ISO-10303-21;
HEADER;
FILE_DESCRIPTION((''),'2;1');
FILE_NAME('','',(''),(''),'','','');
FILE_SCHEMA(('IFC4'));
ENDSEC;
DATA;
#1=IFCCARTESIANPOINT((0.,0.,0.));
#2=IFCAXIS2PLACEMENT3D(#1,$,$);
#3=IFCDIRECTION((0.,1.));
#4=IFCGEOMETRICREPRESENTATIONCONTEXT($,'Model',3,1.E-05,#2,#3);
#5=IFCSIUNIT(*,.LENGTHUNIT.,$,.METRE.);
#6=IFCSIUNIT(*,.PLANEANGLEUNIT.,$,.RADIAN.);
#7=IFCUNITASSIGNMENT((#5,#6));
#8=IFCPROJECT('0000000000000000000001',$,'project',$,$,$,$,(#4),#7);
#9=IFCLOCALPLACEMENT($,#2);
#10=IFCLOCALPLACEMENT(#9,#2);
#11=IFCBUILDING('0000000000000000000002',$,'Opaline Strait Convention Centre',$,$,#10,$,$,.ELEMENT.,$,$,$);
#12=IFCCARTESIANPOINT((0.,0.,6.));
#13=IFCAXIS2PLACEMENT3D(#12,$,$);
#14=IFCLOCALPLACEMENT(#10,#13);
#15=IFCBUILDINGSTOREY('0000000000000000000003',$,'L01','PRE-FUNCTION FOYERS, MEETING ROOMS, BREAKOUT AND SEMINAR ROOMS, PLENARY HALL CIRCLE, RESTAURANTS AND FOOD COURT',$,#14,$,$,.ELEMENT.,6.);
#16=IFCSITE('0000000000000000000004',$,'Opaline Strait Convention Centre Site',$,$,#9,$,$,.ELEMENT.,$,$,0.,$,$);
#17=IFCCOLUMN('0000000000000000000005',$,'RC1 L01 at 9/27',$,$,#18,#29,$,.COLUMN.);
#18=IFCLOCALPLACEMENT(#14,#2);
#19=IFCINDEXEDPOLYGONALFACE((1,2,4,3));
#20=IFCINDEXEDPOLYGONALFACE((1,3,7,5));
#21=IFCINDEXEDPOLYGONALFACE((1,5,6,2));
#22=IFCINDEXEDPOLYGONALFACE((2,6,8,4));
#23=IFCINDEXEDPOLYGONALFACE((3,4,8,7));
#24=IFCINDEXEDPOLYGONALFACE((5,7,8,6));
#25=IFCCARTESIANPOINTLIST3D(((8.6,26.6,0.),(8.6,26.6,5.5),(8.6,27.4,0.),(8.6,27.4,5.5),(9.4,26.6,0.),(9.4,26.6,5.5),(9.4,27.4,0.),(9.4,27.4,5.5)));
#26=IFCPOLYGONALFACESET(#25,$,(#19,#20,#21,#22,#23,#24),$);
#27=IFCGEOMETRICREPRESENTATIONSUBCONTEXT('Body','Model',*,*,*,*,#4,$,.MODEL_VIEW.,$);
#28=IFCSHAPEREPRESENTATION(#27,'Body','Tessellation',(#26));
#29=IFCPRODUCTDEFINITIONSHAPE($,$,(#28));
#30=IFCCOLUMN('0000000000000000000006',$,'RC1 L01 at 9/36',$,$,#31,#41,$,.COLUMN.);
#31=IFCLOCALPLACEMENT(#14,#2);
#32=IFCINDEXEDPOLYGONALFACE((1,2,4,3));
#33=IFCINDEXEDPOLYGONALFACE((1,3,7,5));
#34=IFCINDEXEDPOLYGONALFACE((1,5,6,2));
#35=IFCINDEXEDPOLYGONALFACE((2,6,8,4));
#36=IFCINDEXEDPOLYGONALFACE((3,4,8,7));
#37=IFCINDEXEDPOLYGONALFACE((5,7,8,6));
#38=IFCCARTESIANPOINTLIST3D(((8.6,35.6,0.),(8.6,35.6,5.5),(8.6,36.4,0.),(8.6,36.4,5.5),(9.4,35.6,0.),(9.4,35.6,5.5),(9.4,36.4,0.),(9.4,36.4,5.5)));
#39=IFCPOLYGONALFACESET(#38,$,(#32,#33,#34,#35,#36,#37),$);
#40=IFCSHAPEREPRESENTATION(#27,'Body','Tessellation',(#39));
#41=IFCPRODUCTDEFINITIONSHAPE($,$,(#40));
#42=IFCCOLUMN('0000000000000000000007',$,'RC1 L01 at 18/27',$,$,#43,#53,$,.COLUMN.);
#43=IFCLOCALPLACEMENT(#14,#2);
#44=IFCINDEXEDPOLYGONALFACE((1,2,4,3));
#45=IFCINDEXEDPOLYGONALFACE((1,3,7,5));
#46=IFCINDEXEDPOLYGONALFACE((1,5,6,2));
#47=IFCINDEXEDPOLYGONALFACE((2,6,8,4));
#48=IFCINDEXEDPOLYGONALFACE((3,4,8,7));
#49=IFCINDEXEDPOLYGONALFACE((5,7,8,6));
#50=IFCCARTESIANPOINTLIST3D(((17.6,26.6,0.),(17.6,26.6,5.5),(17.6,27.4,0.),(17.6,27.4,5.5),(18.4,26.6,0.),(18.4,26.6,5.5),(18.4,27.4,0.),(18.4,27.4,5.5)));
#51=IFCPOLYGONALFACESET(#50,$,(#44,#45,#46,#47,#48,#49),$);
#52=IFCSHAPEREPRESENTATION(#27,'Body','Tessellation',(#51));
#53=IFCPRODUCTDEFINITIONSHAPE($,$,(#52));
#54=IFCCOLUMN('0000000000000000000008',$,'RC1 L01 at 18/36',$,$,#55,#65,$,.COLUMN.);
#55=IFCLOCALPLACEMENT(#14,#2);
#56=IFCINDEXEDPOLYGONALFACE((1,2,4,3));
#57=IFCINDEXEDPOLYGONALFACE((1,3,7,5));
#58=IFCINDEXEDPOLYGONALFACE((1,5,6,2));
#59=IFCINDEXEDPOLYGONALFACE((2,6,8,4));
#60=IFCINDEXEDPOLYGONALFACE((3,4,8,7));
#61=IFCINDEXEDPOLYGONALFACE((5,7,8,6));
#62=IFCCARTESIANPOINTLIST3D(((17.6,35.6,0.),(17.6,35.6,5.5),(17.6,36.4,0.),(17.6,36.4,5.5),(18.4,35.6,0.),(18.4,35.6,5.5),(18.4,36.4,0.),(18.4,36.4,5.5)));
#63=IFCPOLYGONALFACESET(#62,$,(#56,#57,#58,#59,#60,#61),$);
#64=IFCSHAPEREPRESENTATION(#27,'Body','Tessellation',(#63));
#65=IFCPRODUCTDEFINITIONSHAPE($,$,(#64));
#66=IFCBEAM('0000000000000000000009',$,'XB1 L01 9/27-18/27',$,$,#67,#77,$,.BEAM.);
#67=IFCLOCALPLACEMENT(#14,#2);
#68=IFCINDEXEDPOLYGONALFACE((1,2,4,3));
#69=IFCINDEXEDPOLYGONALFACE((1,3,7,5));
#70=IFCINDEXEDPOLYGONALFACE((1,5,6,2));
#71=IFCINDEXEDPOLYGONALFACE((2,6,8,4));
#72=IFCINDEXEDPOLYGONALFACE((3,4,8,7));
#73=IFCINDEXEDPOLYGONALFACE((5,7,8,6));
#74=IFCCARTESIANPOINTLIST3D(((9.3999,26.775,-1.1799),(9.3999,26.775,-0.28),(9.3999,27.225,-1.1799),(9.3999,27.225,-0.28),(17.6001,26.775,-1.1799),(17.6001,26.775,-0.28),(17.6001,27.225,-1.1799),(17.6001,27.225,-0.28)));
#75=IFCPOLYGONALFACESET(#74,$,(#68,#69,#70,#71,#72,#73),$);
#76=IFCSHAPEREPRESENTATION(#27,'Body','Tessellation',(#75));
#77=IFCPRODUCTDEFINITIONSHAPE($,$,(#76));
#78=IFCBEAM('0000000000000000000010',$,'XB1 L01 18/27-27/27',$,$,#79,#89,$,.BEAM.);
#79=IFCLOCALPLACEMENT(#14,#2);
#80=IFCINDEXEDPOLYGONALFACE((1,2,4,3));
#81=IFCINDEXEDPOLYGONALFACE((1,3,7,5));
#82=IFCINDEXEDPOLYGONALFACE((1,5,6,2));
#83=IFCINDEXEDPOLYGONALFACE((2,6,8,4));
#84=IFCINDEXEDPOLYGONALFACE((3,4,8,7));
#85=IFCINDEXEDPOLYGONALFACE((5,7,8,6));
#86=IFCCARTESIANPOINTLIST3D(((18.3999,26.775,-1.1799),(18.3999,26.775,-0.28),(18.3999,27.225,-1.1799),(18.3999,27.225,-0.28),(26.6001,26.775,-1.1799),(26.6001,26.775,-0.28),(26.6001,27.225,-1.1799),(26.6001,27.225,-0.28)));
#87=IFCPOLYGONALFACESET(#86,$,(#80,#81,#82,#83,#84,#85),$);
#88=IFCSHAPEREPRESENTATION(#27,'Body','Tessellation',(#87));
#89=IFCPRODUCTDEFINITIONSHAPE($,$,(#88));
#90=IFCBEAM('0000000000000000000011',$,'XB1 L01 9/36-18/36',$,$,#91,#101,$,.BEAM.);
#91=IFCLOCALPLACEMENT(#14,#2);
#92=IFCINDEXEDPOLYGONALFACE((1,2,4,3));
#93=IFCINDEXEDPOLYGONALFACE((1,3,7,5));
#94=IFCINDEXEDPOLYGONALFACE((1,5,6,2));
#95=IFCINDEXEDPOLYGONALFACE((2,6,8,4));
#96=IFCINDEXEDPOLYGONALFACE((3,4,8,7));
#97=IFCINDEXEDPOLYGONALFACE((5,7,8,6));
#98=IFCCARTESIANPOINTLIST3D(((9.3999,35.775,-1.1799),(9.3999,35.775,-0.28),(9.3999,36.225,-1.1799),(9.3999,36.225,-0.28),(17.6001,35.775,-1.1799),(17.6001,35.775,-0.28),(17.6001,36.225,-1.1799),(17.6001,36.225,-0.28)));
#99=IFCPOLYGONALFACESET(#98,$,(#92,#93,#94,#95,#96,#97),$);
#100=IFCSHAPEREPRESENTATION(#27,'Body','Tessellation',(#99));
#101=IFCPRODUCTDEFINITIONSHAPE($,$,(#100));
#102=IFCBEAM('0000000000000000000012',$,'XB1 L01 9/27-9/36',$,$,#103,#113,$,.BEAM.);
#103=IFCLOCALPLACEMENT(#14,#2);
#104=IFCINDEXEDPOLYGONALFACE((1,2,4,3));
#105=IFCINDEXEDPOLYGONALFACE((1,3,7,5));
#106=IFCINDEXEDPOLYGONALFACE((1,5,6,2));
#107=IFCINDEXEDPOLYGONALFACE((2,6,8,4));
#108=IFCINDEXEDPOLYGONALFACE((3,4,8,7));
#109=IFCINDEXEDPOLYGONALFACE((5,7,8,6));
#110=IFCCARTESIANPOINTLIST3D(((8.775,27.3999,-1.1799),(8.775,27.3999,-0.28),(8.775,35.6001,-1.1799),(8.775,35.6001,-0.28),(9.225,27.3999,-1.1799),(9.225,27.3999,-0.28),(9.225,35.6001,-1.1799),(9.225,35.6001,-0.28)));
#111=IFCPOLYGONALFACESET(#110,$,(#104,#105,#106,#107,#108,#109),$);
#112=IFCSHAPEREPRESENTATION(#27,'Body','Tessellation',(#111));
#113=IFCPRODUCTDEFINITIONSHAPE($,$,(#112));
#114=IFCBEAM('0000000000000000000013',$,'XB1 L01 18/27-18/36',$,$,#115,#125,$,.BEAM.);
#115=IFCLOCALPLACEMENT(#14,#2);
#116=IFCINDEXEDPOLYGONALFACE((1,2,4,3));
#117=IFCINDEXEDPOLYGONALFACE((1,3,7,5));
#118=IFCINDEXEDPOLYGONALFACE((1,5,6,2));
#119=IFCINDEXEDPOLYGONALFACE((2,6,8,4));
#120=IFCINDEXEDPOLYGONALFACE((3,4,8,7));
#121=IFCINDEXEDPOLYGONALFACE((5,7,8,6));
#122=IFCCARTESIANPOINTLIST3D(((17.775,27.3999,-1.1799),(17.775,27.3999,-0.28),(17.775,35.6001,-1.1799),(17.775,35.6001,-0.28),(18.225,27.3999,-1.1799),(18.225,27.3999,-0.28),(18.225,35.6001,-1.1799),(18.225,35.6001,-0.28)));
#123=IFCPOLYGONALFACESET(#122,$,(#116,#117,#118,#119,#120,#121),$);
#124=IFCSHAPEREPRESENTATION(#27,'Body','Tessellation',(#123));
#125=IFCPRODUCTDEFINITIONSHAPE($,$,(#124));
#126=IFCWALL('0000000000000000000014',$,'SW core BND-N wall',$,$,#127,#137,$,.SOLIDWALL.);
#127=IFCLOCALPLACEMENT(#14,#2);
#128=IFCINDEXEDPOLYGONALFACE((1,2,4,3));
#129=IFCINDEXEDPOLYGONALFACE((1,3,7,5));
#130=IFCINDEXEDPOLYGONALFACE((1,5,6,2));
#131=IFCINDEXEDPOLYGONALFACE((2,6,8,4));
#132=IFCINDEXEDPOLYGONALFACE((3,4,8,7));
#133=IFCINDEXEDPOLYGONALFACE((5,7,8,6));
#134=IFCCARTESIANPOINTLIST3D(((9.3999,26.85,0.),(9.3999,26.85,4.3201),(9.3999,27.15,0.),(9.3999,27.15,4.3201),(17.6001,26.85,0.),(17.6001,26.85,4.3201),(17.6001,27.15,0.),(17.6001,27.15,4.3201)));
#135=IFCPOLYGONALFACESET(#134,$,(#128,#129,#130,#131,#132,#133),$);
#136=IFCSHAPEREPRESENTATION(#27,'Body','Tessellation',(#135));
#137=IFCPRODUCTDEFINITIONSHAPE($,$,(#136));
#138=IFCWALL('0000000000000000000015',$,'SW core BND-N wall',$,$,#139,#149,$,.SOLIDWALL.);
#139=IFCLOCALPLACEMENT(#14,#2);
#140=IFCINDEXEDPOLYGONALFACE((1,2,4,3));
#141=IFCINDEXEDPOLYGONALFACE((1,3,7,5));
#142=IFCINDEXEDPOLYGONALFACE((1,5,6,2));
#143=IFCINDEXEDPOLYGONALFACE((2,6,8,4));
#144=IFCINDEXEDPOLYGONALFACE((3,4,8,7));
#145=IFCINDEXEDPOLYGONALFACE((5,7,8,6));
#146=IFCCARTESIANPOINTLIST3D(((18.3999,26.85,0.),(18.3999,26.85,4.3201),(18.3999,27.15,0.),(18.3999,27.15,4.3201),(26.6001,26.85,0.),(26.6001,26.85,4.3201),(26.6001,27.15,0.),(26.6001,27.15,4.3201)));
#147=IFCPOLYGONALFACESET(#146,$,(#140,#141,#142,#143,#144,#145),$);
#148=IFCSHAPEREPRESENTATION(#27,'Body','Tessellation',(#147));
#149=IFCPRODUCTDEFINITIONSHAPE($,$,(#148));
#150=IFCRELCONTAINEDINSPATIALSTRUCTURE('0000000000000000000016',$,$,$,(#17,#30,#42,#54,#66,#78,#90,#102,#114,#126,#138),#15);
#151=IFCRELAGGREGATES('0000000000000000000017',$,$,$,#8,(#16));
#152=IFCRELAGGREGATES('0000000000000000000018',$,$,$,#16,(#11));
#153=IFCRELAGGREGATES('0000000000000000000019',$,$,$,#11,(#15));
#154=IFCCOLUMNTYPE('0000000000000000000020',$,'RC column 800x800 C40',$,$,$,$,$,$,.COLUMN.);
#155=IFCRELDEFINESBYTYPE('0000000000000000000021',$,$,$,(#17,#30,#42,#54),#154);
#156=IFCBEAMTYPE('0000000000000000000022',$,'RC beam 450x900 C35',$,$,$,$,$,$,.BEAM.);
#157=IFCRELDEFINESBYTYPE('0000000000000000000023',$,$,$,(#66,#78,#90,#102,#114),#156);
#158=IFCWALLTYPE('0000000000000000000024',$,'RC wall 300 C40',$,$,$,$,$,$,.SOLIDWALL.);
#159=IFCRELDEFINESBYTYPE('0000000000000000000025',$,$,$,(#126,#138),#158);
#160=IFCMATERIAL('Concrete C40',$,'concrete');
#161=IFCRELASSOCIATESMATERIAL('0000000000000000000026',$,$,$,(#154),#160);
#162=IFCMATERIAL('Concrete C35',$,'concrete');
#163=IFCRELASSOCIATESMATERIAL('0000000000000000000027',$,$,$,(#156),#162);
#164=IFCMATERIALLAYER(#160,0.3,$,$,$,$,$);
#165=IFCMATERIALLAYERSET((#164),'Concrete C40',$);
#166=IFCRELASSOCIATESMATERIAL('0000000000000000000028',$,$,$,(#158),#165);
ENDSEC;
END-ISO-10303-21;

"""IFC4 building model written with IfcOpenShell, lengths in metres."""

from ifc_helpers import new_model, si_unit, direction, frame, frame_2d, origin, origin_2d, place, context, subcontext, project, spatial, rectangle, extrude, material, layer, layer_set, material_profile, profile_set, type_object, element, save


model = new_model("IFC4")

# Units and contexts
model_context = context("Model", 3, precision=1e-05, world=origin(), true_north=direction((0.0, 1.0)))
body_context = subcontext(model_context, "Body", "Model", "MODEL_VIEW")
ifc_project = project(units=[si_unit("LENGTHUNIT", "METRE"), si_unit("PLANEANGLEUNIT", "RADIAN")], contexts=[model_context])

# Site, building, storey
site_placement = place(None, origin())
site = spatial("IfcSite", under=ifc_project, at=site_placement, Name="Opaline Strait Convention Centre Site", CompositionType="ELEMENT", RefElevation=0.0)
building_placement = place(site_placement, origin())
building = spatial("IfcBuilding", under=site, at=building_placement, Name="Opaline Strait Convention Centre", CompositionType="ELEMENT")
storey_placement = place(building_placement, frame((0.0, 0.0, 6.0)))
storey = spatial("IfcBuildingStorey", under=building, at=storey_placement, Name="L01", Description="PRE-FUNCTION FOYERS, MEETING ROOMS, BREAKOUT AND SEMINAR ROOMS, PLENARY HALL CIRCLE, RESTAURANTS AND FOOD COURT", CompositionType="ELEMENT", Elevation=6.0)

# Columns
ifc_material_1 = material(Name="Concrete C40", Category="concrete")
ifc_material_profile_1 = material_profile(ifc_material_1, rectangle(XDim=0.8, YDim=0.8, at=origin_2d()), Name="RC 800x800")
ifc_profile_set_1 = profile_set([ifc_material_profile_1], Name="Concrete C40")
column_type = type_object("IfcColumnType", Name="RC column 800x800 C40", PredefinedType="COLUMN", material=ifc_profile_set_1)
for number, where, z_axis, x_axis, name in (
    (1, (9.0, 27.0, 0.0), (0.0, 0.0, 1.0), (1.0, 0.0, 0.0), "RC1 L01 at 9/27"),
    (2, (9.0, 36.0, 0.0), (0.0, 0.0, 1.0), (1.0, 0.0, 0.0), "RC1 L01 at 9/36"),
    (3, (18.0, 27.0, 0.0), (0.0, 0.0, 1.0), (1.0, 0.0, 0.0), "RC1 L01 at 18/27"),
    (4, (18.0, 36.0, 0.0), (0.0, 0.0, 1.0), (1.0, 0.0, 0.0), "RC1 L01 at 18/36"),
):
    element("IfcColumn", number, at=place(storey_placement, frame(where, z_axis=z_axis, x_axis=x_axis)), inside=storey, type_object=column_type, Name=name, PredefinedType="COLUMN", context=body_context, shape_type="SweptSolid", body=[
        extrude(rectangle(XDim=0.8, YDim=0.8, at=origin_2d()), origin(), (0.0, 0.0, 1.0), 5.5),
    ])

# Beams
ifc_material_2 = material(Name="Concrete C35", Category="concrete")
ifc_material_profile_2 = material_profile(ifc_material_2, rectangle(XDim=0.45, YDim=0.8999, at=origin_2d()), Name="RC 450x900")
ifc_profile_set_2 = profile_set([ifc_material_profile_2], Name="Concrete C35")
beam_type = type_object("IfcBeamType", Name="RC beam 450x900 C35", PredefinedType="BEAM", material=ifc_profile_set_2)
for number, where, z_axis, x_axis, name in (
    (5, (9.3999, 27.0, -0.73), (1.0, 0.0, 0.0), (0.0, 1.0, 0.0), "XB1 L01 9/27-18/27"),
    (6, (18.3999, 27.0, -0.73), (1.0, 0.0, 0.0), (0.0, 1.0, 0.0), "XB1 L01 18/27-27/27"),
    (7, (9.3999, 36.0, -0.73), (1.0, 0.0, 0.0), (0.0, 1.0, 0.0), "XB1 L01 9/36-18/36"),
    (8, (9.0, 27.3999, -0.73), (0.0, 1.0, 0.0), (-1.0, 0.0, 0.0), "XB1 L01 9/27-9/36"),
    (9, (18.0, 27.3999, -0.73), (0.0, 1.0, 0.0), (-1.0, 0.0, 0.0), "XB1 L01 18/27-18/36"),
):
    element("IfcBeam", number, at=place(storey_placement, frame(where, z_axis=z_axis, x_axis=x_axis)), inside=storey, type_object=beam_type, Name=name, PredefinedType="BEAM", context=body_context, shape_type="SweptSolid", body=[
        extrude(rectangle(XDim=0.45, YDim=0.8999, at=origin_2d()), origin(), (0.0, 0.0, 1.0), 8.2002),
    ])

# Walls
ifc_layer_1 = layer(ifc_material_1, 0.3)
ifc_layer_set_1 = layer_set([ifc_layer_1], Name="Concrete C40")
wall_type_1 = type_object("IfcWallType", Name="RC wall 300 C40", PredefinedType="SOLIDWALL", material=ifc_layer_set_1)
for number, where, z_axis, x_axis, name in (
    (10, (9.3999, 27.0, 0.0), (0.0, 0.0, 1.0), (1.0, 0.0, 0.0), "SW core BND-N wall"),
    (11, (18.3999, 27.0, 0.0), (0.0, 0.0, 1.0), (1.0, 0.0, 0.0), "SW core BND-N wall"),
):
    element("IfcWall", number, at=place(storey_placement, frame(where, z_axis=z_axis, x_axis=x_axis)), inside=storey, type_object=wall_type_1, Name=name, PredefinedType="SOLIDWALL", context=body_context, shape_type="SweptSolid", body=[
        extrude(rectangle(XDim=8.2002, YDim=0.3, at=frame_2d((4.1001, 0.0))), origin(), (0.0, 0.0, 1.0), 4.3201),
    ])

save(model, "model.ifc")
